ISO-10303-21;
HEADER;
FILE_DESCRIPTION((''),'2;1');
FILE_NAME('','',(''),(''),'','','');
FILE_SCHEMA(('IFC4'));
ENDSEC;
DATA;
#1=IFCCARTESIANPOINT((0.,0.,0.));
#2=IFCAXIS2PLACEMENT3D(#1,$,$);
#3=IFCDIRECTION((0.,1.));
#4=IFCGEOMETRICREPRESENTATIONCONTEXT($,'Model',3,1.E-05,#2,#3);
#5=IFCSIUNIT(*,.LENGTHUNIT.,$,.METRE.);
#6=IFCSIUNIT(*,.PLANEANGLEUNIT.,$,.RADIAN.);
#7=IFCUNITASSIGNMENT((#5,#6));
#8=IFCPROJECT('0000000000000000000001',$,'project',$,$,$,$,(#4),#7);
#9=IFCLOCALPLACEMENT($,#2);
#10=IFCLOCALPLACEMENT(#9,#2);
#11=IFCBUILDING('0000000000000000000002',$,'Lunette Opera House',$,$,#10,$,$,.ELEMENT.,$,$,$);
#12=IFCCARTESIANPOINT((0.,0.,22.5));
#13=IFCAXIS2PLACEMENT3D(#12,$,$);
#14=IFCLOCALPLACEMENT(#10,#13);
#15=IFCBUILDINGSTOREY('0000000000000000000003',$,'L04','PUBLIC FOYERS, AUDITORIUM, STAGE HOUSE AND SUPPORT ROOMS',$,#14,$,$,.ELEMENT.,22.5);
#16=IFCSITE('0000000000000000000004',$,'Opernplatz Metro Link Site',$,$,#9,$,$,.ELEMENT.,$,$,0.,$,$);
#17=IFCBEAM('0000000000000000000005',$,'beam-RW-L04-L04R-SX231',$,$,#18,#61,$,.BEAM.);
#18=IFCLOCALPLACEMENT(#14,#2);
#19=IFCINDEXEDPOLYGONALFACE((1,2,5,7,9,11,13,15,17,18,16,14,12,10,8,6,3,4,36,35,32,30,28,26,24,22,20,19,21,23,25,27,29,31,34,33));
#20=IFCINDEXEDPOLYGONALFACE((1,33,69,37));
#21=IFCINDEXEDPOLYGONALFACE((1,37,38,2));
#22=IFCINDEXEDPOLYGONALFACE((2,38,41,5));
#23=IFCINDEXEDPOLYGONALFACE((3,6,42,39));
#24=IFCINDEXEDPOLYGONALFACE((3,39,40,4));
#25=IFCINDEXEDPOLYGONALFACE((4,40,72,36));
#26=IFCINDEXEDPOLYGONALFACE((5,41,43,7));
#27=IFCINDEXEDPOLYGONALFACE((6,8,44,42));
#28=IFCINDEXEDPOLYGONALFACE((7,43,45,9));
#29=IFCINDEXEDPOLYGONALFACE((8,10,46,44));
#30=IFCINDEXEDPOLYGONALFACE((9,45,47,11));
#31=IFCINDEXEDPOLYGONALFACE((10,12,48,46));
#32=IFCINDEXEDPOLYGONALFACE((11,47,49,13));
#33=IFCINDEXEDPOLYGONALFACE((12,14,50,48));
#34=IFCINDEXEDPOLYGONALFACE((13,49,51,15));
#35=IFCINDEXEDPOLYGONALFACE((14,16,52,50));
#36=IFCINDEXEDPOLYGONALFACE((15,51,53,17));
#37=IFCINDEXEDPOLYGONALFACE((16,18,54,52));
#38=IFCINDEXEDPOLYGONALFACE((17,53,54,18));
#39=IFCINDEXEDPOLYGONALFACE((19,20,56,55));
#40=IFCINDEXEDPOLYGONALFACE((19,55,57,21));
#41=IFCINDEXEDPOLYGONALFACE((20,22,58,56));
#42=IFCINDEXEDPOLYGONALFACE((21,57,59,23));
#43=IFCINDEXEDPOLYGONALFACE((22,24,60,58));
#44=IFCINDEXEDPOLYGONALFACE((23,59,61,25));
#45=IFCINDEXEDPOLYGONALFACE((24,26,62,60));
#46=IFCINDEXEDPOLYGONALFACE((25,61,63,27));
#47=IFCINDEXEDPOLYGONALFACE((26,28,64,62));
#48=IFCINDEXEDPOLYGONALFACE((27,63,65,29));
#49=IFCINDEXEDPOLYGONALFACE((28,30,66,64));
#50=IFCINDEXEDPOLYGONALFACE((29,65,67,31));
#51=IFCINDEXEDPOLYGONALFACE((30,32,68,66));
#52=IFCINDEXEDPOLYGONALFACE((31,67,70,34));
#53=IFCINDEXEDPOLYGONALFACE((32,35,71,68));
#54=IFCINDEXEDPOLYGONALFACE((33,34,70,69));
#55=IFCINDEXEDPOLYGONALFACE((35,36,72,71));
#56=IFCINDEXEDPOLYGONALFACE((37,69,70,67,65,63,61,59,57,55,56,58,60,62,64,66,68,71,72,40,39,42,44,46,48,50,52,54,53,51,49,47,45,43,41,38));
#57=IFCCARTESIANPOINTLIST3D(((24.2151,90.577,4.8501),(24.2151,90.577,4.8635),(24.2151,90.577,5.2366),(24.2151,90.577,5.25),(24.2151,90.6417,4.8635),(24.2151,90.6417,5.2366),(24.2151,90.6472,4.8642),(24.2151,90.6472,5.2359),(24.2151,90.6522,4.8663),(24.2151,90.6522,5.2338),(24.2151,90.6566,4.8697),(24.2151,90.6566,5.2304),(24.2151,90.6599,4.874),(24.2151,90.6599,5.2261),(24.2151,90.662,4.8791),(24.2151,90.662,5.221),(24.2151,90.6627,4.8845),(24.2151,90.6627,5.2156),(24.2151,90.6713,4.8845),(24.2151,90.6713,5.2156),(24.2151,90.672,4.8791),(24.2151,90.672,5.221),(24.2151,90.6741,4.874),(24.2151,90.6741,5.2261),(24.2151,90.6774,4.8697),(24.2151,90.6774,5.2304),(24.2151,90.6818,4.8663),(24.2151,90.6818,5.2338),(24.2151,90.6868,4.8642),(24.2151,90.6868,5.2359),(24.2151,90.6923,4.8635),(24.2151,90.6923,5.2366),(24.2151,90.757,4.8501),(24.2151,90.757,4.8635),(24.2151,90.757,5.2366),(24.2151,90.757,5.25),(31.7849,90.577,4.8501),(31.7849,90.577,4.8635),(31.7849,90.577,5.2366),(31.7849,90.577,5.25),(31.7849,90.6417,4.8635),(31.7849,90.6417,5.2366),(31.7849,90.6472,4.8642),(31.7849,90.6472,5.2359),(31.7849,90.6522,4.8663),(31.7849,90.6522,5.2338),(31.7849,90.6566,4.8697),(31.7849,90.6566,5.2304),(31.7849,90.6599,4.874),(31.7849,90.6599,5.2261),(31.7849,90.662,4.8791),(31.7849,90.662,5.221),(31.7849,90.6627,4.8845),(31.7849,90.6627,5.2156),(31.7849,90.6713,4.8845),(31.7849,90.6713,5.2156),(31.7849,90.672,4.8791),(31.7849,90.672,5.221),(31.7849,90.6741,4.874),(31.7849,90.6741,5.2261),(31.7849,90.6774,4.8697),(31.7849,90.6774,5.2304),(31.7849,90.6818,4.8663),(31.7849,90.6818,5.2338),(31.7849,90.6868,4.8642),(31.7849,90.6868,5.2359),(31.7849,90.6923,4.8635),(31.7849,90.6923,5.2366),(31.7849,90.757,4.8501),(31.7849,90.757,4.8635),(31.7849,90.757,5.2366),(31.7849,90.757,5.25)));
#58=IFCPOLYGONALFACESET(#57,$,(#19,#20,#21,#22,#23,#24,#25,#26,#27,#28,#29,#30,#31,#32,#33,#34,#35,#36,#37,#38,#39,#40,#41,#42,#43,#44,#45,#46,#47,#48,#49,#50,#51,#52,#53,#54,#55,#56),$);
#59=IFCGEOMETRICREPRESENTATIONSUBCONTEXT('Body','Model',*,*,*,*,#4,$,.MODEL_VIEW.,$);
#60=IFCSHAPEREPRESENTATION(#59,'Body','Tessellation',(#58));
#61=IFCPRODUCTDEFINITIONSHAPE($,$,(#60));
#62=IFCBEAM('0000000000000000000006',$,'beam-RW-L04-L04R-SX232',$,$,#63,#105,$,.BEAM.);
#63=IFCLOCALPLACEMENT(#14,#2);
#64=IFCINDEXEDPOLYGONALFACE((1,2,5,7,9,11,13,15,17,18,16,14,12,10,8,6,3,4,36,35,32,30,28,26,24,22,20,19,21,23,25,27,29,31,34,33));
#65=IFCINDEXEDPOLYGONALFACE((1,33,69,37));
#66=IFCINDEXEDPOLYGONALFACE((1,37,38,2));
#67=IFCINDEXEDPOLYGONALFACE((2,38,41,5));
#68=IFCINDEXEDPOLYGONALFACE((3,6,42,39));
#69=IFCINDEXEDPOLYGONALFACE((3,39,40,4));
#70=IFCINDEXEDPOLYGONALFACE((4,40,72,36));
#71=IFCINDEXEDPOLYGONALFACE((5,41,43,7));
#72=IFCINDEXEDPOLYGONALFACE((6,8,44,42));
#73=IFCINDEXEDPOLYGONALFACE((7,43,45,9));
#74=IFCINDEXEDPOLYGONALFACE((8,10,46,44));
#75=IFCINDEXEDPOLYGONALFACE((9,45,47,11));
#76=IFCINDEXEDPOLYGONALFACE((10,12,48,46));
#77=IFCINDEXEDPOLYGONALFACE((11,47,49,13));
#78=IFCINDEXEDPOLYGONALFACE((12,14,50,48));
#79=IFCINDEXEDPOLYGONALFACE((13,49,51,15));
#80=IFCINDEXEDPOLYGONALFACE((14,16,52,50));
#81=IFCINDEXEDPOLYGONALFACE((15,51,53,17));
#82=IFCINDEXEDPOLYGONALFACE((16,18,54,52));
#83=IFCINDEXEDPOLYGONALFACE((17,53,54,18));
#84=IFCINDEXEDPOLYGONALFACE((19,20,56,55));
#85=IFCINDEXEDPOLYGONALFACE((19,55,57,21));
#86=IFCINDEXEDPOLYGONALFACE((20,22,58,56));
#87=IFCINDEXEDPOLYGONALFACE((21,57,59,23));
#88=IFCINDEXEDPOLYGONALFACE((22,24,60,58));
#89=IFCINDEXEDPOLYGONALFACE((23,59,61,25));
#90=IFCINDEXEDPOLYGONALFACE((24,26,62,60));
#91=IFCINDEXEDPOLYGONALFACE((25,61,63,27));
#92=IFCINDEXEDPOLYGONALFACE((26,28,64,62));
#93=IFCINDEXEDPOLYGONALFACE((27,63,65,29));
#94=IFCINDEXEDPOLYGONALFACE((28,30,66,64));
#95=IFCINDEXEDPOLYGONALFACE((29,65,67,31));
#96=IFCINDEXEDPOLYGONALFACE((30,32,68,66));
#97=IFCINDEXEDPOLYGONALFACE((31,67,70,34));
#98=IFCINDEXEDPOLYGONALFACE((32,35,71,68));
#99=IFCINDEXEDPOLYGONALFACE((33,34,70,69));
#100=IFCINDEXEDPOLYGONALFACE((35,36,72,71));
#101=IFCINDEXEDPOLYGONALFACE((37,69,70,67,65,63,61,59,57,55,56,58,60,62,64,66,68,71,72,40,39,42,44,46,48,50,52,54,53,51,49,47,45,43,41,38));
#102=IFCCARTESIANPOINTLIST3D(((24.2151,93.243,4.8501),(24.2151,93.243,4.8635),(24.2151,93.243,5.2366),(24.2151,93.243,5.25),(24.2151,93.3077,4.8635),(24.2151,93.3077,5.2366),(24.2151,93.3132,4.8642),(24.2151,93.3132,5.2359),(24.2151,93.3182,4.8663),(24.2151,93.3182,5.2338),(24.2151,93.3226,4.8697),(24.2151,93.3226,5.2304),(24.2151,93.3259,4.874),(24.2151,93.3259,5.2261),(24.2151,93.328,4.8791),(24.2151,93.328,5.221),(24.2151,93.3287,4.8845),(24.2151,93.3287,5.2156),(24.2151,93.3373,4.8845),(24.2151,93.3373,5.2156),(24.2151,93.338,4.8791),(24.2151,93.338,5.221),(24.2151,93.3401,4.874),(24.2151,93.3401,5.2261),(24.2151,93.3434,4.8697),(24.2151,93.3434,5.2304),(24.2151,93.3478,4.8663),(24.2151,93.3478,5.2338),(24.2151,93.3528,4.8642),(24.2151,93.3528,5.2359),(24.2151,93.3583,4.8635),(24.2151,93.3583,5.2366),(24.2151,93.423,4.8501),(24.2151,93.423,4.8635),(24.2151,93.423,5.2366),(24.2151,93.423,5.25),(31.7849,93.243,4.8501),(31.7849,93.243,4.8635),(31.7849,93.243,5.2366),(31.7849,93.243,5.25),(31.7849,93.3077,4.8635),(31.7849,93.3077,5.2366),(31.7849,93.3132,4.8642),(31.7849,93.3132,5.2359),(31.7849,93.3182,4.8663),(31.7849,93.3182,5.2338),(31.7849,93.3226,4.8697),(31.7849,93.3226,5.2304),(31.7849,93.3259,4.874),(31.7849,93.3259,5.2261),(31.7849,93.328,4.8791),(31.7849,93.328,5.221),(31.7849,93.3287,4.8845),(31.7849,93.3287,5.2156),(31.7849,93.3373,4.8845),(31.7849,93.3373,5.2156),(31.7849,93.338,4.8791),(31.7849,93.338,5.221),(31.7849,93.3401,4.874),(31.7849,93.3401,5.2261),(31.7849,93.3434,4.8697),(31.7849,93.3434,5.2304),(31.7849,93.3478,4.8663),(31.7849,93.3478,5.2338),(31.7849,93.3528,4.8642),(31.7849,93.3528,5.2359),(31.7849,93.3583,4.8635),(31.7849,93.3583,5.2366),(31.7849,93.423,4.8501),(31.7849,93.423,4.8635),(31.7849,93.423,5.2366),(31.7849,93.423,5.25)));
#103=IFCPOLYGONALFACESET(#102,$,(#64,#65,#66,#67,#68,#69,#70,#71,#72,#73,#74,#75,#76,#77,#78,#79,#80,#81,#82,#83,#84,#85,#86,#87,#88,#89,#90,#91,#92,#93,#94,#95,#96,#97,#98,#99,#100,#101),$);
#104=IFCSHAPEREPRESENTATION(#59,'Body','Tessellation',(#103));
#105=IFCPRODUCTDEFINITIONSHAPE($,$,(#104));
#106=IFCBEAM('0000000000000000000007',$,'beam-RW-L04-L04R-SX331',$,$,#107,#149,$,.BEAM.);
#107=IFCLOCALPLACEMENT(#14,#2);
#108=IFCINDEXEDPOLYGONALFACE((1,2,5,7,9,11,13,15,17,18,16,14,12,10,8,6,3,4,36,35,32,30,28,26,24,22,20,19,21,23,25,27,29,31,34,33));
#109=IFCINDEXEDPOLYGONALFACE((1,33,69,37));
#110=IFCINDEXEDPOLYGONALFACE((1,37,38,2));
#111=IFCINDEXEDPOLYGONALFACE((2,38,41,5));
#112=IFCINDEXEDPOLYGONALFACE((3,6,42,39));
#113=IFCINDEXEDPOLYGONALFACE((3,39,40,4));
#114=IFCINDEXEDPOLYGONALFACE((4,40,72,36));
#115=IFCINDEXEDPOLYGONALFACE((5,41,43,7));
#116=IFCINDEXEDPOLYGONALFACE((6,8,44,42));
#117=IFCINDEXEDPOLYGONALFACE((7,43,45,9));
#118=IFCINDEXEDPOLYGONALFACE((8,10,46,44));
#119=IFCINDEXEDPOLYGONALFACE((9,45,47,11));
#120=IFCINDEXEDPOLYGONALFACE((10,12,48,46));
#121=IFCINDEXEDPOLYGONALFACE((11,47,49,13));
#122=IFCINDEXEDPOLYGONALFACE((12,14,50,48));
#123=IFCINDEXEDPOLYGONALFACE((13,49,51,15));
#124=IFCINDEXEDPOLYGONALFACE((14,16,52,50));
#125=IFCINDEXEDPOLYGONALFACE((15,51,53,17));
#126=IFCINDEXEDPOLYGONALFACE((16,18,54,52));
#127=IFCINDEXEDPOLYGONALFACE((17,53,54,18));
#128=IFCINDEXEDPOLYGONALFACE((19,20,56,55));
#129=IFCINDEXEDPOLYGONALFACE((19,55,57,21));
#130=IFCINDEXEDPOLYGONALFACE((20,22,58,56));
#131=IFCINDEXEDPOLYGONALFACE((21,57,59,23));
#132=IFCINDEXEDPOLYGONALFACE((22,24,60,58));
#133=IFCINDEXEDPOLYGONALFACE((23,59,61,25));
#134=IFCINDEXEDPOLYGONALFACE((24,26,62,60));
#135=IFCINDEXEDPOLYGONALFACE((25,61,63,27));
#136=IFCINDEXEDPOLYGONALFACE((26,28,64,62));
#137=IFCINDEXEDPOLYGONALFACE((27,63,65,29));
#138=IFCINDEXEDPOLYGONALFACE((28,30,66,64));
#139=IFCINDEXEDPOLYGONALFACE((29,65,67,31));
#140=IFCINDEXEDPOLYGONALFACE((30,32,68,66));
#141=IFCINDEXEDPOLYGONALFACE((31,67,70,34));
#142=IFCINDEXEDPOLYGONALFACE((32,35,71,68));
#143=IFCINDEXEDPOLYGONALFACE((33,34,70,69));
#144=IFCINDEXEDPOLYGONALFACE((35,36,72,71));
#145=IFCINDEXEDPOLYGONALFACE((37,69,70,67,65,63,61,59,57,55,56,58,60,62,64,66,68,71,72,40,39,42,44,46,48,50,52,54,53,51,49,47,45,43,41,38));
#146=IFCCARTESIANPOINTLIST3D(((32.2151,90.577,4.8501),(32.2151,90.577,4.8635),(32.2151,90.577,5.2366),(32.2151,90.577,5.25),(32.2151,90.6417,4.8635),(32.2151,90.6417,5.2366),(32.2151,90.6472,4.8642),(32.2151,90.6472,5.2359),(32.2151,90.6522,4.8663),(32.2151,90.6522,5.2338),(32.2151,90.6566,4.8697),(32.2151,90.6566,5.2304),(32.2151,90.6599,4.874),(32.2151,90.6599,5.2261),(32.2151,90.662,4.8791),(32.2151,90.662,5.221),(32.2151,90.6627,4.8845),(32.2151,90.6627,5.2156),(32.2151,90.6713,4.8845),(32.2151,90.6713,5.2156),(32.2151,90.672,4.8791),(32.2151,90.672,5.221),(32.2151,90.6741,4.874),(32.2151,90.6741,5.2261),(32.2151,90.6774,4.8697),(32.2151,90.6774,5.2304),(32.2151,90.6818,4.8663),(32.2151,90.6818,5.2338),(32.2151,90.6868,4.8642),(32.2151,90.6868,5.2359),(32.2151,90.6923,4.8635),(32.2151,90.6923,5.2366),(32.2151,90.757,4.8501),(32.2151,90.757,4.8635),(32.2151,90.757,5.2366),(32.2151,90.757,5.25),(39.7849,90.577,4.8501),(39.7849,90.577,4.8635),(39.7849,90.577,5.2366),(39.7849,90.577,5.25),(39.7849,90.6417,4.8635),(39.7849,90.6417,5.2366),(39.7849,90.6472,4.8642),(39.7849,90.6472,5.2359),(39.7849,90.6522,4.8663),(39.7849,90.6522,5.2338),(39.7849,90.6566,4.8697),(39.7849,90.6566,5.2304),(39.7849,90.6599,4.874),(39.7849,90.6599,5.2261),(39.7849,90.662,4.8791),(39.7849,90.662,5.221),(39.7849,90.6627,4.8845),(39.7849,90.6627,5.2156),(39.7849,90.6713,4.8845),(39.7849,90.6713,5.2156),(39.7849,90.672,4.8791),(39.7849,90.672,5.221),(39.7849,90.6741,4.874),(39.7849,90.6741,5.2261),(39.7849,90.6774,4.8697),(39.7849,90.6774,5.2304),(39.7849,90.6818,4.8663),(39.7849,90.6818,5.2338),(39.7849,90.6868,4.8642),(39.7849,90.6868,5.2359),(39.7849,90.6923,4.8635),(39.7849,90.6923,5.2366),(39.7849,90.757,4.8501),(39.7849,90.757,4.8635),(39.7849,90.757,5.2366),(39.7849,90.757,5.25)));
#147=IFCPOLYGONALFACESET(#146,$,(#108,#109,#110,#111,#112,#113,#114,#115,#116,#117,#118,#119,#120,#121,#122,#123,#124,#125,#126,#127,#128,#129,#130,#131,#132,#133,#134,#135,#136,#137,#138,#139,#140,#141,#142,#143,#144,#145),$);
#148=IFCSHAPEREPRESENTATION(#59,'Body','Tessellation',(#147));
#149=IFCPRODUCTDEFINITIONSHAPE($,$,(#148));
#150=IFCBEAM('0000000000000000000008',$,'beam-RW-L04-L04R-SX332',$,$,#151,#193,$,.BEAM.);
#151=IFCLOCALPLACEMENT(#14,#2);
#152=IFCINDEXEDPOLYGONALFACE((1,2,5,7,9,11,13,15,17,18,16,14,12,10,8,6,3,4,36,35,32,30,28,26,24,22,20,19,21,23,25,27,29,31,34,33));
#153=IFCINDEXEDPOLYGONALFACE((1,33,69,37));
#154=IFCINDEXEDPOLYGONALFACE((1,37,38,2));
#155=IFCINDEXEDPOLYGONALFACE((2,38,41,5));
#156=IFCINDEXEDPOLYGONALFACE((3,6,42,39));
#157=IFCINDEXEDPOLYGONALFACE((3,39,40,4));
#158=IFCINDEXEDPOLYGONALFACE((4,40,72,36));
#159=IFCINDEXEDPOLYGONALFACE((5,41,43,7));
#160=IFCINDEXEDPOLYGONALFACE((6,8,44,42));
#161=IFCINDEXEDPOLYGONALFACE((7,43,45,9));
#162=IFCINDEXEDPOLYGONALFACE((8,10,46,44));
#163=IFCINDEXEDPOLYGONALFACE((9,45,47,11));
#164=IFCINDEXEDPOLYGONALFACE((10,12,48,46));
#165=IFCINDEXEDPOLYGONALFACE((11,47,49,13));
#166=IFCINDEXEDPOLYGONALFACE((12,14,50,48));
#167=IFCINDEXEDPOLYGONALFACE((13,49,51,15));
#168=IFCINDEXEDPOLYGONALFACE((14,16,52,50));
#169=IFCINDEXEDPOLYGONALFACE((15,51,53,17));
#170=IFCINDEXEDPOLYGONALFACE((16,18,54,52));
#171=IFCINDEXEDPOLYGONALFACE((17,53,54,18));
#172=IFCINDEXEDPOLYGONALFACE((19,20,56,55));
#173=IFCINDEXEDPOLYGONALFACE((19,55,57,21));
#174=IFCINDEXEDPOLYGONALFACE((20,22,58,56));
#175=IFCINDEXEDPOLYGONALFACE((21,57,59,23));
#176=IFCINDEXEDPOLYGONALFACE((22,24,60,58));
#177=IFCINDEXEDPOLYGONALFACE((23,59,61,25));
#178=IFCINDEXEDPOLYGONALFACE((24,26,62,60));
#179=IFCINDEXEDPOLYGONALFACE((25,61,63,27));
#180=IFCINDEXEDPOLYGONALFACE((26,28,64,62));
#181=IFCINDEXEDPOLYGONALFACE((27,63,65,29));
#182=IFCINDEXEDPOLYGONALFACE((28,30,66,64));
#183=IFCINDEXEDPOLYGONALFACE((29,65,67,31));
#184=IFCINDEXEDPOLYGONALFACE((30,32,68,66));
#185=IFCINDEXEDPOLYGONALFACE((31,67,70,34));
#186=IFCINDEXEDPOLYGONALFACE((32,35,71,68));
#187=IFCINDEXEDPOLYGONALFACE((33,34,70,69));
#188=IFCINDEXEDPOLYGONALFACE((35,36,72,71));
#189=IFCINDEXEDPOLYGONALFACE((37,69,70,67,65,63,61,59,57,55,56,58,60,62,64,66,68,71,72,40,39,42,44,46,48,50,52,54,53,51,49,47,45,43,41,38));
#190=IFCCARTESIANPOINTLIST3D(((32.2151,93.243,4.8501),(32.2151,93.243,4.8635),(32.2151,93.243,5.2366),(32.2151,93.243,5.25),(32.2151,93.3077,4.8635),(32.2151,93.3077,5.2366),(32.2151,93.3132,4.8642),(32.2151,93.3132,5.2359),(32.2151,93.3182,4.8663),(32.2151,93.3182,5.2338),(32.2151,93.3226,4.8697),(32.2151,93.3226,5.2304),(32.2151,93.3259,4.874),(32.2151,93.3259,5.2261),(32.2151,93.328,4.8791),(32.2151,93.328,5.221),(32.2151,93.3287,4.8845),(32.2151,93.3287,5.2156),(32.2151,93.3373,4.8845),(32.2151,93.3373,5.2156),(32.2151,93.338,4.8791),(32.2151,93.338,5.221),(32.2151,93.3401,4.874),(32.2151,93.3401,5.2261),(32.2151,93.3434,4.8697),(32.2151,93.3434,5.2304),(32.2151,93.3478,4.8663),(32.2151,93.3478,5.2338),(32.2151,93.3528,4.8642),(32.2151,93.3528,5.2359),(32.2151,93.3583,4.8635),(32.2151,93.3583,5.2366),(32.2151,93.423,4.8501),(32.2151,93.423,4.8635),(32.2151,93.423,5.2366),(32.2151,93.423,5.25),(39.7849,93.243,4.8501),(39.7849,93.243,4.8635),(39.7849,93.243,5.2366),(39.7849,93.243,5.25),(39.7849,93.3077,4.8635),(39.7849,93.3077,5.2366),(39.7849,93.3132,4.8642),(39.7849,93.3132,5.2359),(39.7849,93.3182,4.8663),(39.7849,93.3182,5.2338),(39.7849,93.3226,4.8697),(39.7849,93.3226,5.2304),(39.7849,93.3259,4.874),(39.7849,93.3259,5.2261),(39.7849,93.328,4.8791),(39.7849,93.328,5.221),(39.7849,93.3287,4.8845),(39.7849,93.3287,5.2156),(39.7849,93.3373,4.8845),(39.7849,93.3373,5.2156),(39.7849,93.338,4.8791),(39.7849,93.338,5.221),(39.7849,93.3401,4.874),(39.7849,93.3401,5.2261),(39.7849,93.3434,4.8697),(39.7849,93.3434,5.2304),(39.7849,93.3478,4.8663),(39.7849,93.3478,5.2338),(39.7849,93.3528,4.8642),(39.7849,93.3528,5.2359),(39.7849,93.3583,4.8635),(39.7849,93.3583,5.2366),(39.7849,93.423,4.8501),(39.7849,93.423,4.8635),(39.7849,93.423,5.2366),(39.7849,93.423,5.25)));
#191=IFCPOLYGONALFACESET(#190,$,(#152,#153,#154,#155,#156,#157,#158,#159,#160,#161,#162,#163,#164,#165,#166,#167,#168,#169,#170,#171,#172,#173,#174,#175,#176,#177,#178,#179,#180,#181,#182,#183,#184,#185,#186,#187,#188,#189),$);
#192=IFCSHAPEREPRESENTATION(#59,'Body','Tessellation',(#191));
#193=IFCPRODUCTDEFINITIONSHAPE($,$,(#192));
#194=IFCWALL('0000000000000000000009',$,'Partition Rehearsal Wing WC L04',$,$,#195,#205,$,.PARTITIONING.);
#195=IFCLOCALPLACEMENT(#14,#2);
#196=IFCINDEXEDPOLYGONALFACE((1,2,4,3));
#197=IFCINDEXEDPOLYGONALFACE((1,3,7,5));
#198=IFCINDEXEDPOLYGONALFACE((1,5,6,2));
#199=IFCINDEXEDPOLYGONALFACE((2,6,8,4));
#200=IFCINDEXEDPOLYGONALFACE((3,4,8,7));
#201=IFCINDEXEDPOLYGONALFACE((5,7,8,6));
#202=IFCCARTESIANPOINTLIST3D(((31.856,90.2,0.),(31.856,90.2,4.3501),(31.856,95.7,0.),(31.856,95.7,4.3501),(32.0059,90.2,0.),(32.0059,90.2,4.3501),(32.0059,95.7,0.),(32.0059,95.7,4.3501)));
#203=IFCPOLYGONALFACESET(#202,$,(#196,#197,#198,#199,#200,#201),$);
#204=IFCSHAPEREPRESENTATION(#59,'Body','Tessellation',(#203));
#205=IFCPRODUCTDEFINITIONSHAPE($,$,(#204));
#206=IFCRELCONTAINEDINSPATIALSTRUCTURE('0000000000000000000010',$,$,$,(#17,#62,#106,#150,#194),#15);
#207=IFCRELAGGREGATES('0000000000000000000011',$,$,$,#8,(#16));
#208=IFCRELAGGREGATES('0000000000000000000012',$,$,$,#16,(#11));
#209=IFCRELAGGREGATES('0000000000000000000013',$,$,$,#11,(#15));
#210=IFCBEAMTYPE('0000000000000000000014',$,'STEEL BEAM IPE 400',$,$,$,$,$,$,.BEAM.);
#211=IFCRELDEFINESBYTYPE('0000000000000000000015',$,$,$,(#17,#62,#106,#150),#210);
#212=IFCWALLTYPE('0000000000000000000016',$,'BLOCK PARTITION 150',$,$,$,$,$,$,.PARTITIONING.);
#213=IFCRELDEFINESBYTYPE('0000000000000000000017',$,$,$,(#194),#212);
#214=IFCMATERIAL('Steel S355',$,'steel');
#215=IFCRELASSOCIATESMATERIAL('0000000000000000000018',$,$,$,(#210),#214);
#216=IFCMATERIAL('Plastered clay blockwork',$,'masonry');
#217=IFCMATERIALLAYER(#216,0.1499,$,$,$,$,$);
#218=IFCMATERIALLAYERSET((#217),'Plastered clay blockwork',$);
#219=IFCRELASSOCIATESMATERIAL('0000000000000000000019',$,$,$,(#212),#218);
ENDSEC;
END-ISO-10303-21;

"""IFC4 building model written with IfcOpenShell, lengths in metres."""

from ifc_helpers import new_model, si_unit, direction, frame, frame_2d, origin, origin_2d, place, context, subcontext, project, spatial, rectangle, i_section, extrude, material, layer, layer_set, material_profile, profile_set, type_object, element, save


model = new_model("IFC4")

# Units and contexts
model_context = context("Model", 3, precision=1e-05, world=origin(), true_north=direction((0.0, 1.0)))
body_context = subcontext(model_context, "Body", "Model", "MODEL_VIEW")
ifc_project = project(units=[si_unit("LENGTHUNIT", "METRE"), si_unit("PLANEANGLEUNIT", "RADIAN")], contexts=[model_context])

# Site, building, storey
site_placement = place(None, origin())
site = spatial("IfcSite", under=ifc_project, at=site_placement, Name="Opernplatz Metro Link Site", CompositionType="ELEMENT", RefElevation=0.0)
building_placement = place(site_placement, origin())
building = spatial("IfcBuilding", under=site, at=building_placement, Name="Lunette Opera House", CompositionType="ELEMENT")
storey_placement = place(building_placement, frame((0.0, 0.0, 22.5)))
storey = spatial("IfcBuildingStorey", under=building, at=storey_placement, Name="L04", Description="PUBLIC FOYERS, AUDITORIUM, STAGE HOUSE AND SUPPORT ROOMS", CompositionType="ELEMENT", Elevation=22.5)

# Beams
ifc_material_1 = material(Name="Steel S355", Category="steel")
ifc_material_profile_1 = material_profile(ifc_material_1, i_section(OverallWidth=0.1799, OverallDepth=0.3999, WebThickness=0.0085, FlangeThickness=0.0134, FilletRadius=0.021, at=origin_2d()), Name="IPE 400")
ifc_profile_set_1 = profile_set([ifc_material_profile_1], Name="Steel S355")
beam_type_1 = type_object("IfcBeamType", Name="STEEL BEAM IPE 400", PredefinedType="BEAM", material=ifc_profile_set_1)
for number, where, z_axis, x_axis, name in (
    (1, (24.2151, 90.667, 5.05), (1.0, 0.0, 0.0), (0.0, 1.0, 0.0), "beam-RW-L04-L04R-SX231"),
    (2, (24.2151, 93.333, 5.05), (1.0, 0.0, 0.0), (0.0, 1.0, 0.0), "beam-RW-L04-L04R-SX232"),
    (3, (32.2151, 90.667, 5.05), (1.0, 0.0, 0.0), (0.0, 1.0, 0.0), "beam-RW-L04-L04R-SX331"),
    (4, (32.2151, 93.333, 5.05), (1.0, 0.0, 0.0), (0.0, 1.0, 0.0), "beam-RW-L04-L04R-SX332"),
):
    element("IfcBeam", number, at=place(storey_placement, frame(where, z_axis=z_axis, x_axis=x_axis)), inside=storey, type_object=beam_type_1, Name=name, PredefinedType="BEAM", context=body_context, shape_type="SweptSolid", body=[
        extrude(i_section(OverallWidth=0.1799, OverallDepth=0.3999, WebThickness=0.0085, FlangeThickness=0.0134, FilletRadius=0.021, at=origin_2d()), origin(), (0.0, 0.0, 1.0), 7.5698),
    ])

# Wall
ifc_material_2 = material(Name="Plastered clay blockwork", Category="masonry")
ifc_layer_1 = layer(ifc_material_2, 0.1499)
ifc_layer_set_1 = layer_set([ifc_layer_1], Name="Plastered clay blockwork")
wall_type_1 = type_object("IfcWallType", Name="BLOCK PARTITION 150", PredefinedType="PARTITIONING", material=ifc_layer_set_1)
wall_1_placement = place(storey_placement, frame((31.9309, 95.7, 0.0), z_axis=(0.0, 0.0, 1.0), x_axis=(0.0, -1.0, 0.0)))
element("IfcWall", 5, at=wall_1_placement, inside=storey, type_object=wall_type_1, Name="Partition Rehearsal Wing WC L04", PredefinedType="PARTITIONING", context=body_context, shape_type="SweptSolid", body=[
    extrude(rectangle(XDim=5.5, YDim=0.1499, at=frame_2d((2.75, 0.0))), origin(), (0.0, 0.0, 1.0), 4.3501),
])

save(model, "model.ifc")
